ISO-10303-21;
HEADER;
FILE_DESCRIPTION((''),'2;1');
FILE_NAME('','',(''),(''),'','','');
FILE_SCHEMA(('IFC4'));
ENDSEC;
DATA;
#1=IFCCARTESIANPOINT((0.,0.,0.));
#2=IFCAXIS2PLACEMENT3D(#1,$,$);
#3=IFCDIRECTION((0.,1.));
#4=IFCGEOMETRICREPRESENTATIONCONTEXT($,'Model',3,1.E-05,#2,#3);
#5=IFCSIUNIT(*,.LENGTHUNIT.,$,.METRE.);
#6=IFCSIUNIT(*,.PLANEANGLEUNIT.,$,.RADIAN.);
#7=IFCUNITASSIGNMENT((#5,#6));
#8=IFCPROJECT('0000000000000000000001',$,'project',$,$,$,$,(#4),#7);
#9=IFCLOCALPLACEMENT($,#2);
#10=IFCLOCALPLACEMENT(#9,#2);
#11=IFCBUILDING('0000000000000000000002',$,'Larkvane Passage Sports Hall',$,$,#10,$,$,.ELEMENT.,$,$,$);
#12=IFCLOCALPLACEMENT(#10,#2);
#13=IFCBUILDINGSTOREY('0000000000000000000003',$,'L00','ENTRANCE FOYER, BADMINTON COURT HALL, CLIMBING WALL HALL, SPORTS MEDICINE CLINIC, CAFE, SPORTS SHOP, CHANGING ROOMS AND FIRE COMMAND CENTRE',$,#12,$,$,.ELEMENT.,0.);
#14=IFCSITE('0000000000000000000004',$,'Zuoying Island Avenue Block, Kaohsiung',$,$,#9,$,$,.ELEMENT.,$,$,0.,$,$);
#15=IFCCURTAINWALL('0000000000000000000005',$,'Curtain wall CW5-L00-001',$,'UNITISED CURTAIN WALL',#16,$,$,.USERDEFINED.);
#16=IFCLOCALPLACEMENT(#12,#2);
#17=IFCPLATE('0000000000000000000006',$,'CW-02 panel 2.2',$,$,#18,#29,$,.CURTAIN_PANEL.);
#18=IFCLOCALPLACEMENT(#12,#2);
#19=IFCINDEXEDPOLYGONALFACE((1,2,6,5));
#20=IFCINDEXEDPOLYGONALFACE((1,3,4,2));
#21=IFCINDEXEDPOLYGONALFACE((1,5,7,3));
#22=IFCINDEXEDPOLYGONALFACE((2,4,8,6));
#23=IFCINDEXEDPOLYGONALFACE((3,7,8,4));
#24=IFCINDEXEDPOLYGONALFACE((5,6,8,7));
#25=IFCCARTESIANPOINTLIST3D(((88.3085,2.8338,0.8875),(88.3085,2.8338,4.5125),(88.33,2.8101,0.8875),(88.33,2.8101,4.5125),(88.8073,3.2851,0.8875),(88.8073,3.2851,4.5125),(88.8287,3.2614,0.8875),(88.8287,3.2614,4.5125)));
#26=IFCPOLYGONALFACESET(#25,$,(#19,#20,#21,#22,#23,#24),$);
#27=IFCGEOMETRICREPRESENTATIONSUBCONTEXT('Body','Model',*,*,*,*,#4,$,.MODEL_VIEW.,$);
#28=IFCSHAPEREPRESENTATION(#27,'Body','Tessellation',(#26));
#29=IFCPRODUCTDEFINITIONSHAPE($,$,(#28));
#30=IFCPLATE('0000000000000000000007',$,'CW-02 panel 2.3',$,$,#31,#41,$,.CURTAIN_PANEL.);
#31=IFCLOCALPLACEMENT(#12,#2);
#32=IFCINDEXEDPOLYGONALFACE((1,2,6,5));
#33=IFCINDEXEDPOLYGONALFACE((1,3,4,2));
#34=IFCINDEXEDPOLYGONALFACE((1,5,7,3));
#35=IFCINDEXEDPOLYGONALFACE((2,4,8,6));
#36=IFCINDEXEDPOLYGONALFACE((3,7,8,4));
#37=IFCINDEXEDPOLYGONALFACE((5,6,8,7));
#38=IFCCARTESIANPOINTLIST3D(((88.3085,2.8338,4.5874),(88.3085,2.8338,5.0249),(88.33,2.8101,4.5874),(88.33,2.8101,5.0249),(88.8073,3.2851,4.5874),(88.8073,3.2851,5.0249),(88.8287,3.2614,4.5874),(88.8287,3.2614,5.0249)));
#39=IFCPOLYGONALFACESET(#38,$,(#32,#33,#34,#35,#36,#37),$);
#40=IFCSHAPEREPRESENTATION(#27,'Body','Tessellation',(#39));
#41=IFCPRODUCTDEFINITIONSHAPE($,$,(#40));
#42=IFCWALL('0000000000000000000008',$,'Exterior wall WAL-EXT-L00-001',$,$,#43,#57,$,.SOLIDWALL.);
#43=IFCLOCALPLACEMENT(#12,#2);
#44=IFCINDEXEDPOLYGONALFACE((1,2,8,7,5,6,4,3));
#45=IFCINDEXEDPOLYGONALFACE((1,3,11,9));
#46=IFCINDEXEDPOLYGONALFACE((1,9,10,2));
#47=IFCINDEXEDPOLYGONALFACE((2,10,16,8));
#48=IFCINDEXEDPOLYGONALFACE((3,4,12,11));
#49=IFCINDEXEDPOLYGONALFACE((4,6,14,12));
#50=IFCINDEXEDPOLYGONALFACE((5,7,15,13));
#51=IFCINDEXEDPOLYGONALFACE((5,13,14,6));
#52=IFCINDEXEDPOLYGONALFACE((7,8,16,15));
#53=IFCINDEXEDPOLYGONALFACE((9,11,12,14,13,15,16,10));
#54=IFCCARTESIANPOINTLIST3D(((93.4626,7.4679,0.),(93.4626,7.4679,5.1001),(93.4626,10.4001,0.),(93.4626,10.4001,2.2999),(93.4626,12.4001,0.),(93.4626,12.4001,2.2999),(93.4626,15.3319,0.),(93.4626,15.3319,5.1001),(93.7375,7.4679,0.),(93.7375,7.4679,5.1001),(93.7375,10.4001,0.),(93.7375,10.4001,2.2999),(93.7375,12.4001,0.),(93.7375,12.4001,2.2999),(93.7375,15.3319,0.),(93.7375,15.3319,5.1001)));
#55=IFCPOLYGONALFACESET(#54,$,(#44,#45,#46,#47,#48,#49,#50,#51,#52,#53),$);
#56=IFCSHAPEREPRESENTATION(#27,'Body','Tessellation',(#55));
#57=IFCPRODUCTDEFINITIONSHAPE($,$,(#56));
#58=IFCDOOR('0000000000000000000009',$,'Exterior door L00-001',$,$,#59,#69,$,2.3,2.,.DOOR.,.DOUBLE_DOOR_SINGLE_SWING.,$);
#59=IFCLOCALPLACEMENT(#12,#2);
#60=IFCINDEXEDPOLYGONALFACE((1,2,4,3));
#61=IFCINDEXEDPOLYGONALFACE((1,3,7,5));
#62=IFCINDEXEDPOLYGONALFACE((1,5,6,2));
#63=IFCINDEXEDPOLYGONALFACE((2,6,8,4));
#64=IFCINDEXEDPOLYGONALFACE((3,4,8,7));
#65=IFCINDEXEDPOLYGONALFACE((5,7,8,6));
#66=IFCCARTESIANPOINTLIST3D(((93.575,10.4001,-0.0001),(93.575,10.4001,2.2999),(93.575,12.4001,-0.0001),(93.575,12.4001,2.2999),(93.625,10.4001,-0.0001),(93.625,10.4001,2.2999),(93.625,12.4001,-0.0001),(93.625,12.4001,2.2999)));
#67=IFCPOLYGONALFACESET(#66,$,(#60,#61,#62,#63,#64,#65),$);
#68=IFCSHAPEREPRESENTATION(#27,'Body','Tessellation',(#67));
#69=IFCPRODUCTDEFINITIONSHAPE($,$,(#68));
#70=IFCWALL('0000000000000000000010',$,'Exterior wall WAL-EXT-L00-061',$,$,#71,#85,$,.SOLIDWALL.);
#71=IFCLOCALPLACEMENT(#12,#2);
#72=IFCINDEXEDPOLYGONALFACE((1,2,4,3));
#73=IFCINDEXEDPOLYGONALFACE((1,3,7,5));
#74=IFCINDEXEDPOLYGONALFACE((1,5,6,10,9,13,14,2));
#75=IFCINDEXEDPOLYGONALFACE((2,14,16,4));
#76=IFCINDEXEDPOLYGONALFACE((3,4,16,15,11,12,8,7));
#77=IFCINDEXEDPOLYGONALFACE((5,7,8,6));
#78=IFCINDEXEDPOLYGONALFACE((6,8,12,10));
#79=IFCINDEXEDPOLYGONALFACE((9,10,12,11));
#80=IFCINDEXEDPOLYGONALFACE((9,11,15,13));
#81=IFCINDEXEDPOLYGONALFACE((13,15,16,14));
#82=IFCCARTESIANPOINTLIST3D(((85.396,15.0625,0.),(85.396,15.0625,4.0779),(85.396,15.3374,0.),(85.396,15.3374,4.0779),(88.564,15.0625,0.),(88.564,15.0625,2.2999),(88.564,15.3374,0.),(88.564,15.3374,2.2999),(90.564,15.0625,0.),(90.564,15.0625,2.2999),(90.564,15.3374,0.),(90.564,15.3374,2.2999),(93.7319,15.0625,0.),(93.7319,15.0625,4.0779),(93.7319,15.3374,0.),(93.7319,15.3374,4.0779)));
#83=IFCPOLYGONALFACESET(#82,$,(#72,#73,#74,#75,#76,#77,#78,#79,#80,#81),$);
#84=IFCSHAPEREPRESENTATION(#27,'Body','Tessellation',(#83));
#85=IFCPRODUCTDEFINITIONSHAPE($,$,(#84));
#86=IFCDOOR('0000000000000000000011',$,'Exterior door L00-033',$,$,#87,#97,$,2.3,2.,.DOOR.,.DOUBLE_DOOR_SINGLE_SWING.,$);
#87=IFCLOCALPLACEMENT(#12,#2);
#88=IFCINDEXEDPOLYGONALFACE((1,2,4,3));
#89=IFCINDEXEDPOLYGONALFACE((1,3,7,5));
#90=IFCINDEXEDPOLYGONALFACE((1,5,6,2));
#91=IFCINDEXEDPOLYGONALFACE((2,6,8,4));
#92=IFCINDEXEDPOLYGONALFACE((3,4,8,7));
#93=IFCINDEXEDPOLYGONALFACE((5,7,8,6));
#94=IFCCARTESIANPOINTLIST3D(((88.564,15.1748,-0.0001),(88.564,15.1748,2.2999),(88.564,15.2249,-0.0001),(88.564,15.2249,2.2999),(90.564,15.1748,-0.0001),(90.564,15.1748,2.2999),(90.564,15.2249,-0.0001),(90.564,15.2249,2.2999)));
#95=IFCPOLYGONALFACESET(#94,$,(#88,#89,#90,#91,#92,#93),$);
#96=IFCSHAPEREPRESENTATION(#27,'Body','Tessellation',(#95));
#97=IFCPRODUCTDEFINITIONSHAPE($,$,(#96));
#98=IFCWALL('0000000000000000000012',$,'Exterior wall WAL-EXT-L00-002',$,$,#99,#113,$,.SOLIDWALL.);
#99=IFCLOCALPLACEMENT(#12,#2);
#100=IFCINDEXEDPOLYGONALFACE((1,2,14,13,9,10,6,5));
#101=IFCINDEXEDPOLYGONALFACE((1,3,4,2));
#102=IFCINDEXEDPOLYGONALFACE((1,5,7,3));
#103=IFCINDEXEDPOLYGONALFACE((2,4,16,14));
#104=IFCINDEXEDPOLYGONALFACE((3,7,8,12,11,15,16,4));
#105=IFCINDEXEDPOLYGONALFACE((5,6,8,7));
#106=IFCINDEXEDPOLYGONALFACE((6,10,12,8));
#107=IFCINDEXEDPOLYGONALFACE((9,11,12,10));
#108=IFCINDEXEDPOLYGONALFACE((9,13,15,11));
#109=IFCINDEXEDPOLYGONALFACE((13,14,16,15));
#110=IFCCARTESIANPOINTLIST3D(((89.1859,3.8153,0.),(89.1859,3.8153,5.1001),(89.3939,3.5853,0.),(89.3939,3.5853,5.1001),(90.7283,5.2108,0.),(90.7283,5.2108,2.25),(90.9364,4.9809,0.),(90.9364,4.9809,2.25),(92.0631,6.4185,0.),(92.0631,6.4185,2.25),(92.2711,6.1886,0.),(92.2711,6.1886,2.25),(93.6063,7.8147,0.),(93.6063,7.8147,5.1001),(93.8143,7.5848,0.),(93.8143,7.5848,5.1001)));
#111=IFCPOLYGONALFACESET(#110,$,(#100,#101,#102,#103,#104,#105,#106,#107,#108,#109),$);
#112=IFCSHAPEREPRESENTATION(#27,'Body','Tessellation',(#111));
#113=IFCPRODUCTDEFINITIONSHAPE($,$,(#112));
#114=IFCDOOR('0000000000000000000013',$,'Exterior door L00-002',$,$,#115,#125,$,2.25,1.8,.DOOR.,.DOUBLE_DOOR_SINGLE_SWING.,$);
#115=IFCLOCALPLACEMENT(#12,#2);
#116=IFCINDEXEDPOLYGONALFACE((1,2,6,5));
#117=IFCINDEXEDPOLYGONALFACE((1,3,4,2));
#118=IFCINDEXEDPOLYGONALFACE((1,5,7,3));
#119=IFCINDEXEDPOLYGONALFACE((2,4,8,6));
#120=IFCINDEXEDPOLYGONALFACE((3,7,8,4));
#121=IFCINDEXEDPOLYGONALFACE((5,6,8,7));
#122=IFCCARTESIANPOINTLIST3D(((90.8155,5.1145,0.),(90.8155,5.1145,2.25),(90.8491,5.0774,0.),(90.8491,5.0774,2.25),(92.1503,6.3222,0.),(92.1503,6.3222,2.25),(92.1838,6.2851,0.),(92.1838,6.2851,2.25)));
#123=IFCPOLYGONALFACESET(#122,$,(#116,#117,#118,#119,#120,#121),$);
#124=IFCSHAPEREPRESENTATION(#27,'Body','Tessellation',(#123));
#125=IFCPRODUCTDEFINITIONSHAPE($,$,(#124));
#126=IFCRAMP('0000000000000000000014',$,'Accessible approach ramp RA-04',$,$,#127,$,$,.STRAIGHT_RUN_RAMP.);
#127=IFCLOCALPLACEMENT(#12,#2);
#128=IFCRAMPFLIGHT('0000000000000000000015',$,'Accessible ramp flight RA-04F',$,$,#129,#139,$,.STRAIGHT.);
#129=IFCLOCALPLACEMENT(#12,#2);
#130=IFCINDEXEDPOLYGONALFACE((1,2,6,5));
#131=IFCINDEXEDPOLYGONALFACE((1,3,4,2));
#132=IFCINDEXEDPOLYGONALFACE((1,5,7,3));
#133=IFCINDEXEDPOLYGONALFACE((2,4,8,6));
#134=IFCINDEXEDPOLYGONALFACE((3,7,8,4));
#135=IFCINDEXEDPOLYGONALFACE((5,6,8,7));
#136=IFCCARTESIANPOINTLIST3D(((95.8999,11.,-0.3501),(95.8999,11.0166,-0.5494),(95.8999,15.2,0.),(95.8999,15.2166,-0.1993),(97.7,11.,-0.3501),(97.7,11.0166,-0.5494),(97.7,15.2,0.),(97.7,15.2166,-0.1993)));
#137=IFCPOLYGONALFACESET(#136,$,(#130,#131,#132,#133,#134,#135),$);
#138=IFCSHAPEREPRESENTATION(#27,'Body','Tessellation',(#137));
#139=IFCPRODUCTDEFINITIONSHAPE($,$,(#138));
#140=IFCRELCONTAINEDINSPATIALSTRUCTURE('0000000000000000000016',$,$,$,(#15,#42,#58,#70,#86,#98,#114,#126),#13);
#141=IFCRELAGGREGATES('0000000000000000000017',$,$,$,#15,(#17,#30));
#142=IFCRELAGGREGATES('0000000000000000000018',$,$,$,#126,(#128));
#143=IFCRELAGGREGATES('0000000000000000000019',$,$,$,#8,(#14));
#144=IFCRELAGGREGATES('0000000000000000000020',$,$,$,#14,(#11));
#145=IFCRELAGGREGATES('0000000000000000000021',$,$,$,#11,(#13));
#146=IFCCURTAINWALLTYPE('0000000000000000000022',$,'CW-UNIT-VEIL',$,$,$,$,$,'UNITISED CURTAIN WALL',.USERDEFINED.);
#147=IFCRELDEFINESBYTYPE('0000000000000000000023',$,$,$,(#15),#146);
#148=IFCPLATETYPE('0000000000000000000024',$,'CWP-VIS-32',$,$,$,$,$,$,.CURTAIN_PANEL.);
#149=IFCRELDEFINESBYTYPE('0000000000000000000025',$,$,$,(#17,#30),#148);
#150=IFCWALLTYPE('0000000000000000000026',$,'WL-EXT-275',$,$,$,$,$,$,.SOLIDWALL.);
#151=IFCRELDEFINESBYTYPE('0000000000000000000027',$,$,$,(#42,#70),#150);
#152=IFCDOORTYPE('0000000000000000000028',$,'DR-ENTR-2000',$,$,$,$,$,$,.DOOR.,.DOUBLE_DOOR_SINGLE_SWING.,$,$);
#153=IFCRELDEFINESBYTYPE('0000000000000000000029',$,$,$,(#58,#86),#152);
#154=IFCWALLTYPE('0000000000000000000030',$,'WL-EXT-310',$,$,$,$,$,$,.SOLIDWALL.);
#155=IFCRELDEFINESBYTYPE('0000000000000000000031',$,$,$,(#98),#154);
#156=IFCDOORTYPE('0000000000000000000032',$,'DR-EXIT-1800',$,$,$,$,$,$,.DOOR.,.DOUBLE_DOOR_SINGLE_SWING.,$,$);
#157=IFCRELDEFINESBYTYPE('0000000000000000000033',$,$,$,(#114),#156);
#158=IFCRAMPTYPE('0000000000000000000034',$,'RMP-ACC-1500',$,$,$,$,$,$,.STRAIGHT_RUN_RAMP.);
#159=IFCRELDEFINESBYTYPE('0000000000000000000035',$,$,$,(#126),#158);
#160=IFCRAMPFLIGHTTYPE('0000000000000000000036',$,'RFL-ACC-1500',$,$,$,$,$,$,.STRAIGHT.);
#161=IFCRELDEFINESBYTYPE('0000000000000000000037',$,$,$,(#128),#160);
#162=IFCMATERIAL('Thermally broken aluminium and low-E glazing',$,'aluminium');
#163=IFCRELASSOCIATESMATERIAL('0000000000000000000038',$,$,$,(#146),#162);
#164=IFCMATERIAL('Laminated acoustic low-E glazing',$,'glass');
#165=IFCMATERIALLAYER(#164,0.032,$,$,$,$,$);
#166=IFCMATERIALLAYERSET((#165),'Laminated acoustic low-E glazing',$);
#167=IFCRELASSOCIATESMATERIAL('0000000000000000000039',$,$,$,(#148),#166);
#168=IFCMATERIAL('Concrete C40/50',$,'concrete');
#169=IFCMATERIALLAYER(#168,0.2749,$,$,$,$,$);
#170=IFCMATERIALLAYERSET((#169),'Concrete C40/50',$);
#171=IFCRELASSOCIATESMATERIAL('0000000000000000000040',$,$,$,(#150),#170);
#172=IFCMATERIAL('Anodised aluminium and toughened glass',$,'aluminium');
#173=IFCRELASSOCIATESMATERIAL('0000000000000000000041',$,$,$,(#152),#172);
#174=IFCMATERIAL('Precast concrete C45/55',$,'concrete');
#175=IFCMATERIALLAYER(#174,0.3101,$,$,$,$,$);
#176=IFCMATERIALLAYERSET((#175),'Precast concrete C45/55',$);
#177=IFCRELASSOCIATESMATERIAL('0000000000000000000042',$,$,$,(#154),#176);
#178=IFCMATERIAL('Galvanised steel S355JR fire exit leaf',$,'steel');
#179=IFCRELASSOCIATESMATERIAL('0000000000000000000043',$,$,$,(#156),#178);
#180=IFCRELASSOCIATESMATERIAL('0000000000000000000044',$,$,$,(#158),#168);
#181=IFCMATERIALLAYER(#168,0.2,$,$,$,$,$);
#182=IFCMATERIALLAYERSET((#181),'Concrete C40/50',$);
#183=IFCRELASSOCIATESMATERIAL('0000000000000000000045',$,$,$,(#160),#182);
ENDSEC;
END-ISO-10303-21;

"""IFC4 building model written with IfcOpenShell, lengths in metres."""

from ifc_helpers import new_model, si_unit, direction, frame, frame_2d, origin, origin_2d, place, context, subcontext, project, spatial, polyline, rectangle, outline, extrude, material, layer, layer_set, type_object, element, fill, aggregate, save


model = new_model("IFC4")

# Units and contexts
model_context = context("Model", 3, precision=1e-05, world=origin(), true_north=direction((0.0, 1.0)))
body_context = subcontext(model_context, "Body", "Model", "MODEL_VIEW")
ifc_project = project(units=[si_unit("LENGTHUNIT", "METRE"), si_unit("PLANEANGLEUNIT", "RADIAN")], contexts=[model_context])

# Site, building, storey
site_placement = place(None, origin())
site = spatial("IfcSite", under=ifc_project, at=site_placement, Name="Zuoying Island Avenue Block, Kaohsiung", CompositionType="ELEMENT", RefElevation=0.0)
building_placement = place(site_placement, origin())
building = spatial("IfcBuilding", under=site, at=building_placement, Name="Larkvane Passage Sports Hall", CompositionType="ELEMENT")
storey_placement = place(building_placement, origin())
storey = spatial("IfcBuildingStorey", under=building, at=storey_placement, Name="L00", Description="ENTRANCE FOYER, BADMINTON COURT HALL, CLIMBING WALL HALL, SPORTS MEDICINE CLINIC, CAFE, SPORTS SHOP, CHANGING ROOMS AND FIRE COMMAND CENTRE", CompositionType="ELEMENT", Elevation=0.0)

# Curtain wall, plates
ifc_material_1 = material(Name="Thermally broken aluminium and low-E glazing", Category="aluminium")
curtain_wall_type = type_object("IfcCurtainWallType", Name="CW-UNIT-VEIL", ElementType="UNITISED CURTAIN WALL", PredefinedType="USERDEFINED", material=ifc_material_1)
curtain_wall_placement = place(storey_placement, origin())
curtain_wall = element("IfcCurtainWall", 1, at=curtain_wall_placement, inside=storey, type_object=curtain_wall_type, Name="Curtain wall CW5-L00-001", ObjectType="UNITISED CURTAIN WALL", PredefinedType="USERDEFINED")
ifc_material_2 = material(Name="Laminated acoustic low-E glazing", Category="glass")
ifc_layer_1 = layer(ifc_material_2, 0.032)
ifc_layer_set_1 = layer_set([ifc_layer_1], Name="Laminated acoustic low-E glazing")
plate_type_1 = type_object("IfcPlateType", Name="CWP-VIS-32", PredefinedType="CURTAIN_PANEL", material=ifc_layer_set_1)
plate_1_placement = place(storey_placement, frame((88.5686, 3.0476, 0.8875), z_axis=(0.0, 0.0, 1.0), x_axis=(-0.741532, -0.670918, 0.0)))
plate_1 = element("IfcPlate", 2, at=plate_1_placement, type_object=plate_type_1, Name="CW-02 panel 2.2", PredefinedType="CURTAIN_PANEL", context=body_context, shape_type="SweptSolid", body=[
    extrude(rectangle(XDim=0.6726, YDim=0.032, at=origin_2d()), origin(), (0.0, 0.0, 1.0), 3.625),
])
plate_2_placement = place(storey_placement, frame((88.5686, 3.0476, 4.5874), z_axis=(0.0, 0.0, 1.0), x_axis=(-0.741532, -0.670918, 0.0)))
plate_2 = element("IfcPlate", 3, at=plate_2_placement, type_object=plate_type_1, Name="CW-02 panel 2.3", PredefinedType="CURTAIN_PANEL", context=body_context, shape_type="SweptSolid", body=[
    extrude(rectangle(XDim=0.6726, YDim=0.032, at=origin_2d()), origin(), (0.0, 0.0, 1.0), 0.4375),
])
aggregate(curtain_wall, [plate_1, plate_2])

# Walls, openings, doors
ifc_material_3 = material(Name="Concrete C40/50", Category="concrete")
ifc_layer_2 = layer(ifc_material_3, 0.2749)
ifc_layer_set_2 = layer_set([ifc_layer_2], Name="Concrete C40/50")
wall_type_1 = type_object("IfcWallType", Name="WL-EXT-275", PredefinedType="SOLIDWALL", material=ifc_layer_set_2)
wall_1_placement = place(storey_placement, frame((93.6001, 15.332, 0.0), z_axis=(0.0, 0.0, 1.0), x_axis=(0.0, -1.0, 0.0)))
wall_1 = element("IfcWall", 4, at=wall_1_placement, inside=storey, type_object=wall_type_1, Name="Exterior wall WAL-EXT-L00-001", PredefinedType="SOLIDWALL", context=body_context, shape_type="SweptSolid", body=[
    extrude(rectangle(XDim=7.864, YDim=0.2749, at=frame_2d((3.9321, 0.0))), origin(), (0.0, 0.0, 1.0), 5.1001),
])
opening_1_placement = place(wall_1_placement, frame((2.9319, 0.0, 0.0)))
opening_1 = element("IfcOpeningElement", 5, at=opening_1_placement, cuts=wall_1, PredefinedType="OPENING", context=body_context, shape_type="SweptSolid", body=[
    extrude(rectangle(XDim=2.0, YDim=2.3, at=frame_2d((1.0, 1.1499))), frame((0.0, 0.1475, 0.0), z_axis=(0.0, -1.0, 0.0), x_axis=(1.0, 0.0, 0.0)), (0.0, 0.0, 1.0), 0.2949),
])
ifc_material_4 = material(Name="Anodised aluminium and toughened glass", Category="aluminium")
door_type_1 = type_object("IfcDoorType", Name="DR-ENTR-2000", OperationType="DOUBLE_DOOR_SINGLE_SWING", PredefinedType="DOOR", material=ifc_material_4)
door_1_placement = place(opening_1_placement, origin())
door_1 = element("IfcDoor", 6, at=door_1_placement, inside=storey, type_object=door_type_1, Name="Exterior door L00-001", OperationType="DOUBLE_DOOR_SINGLE_SWING", OverallHeight=2.3, OverallWidth=2.0, PredefinedType="DOOR", context=body_context, shape_type="SweptSolid", body=[
    extrude(rectangle(XDim=2.0, YDim=2.3, at=frame_2d((1.0, 1.1499))), frame((0.0, 0.0249, 0.0), z_axis=(0.0, -1.0, 0.0), x_axis=(1.0, 0.0, 0.0)), (0.0, 0.0, 1.0), 0.05),
])
fill(opening_1, door_1)
wall_2_placement = place(storey_placement, frame((85.396, 15.2, 0.0), z_axis=(0.0, 0.0, 1.0), x_axis=(1.0, 0.0, 0.0)))
wall_2 = element("IfcWall", 7, at=wall_2_placement, inside=storey, type_object=wall_type_1, Name="Exterior wall WAL-EXT-L00-061", PredefinedType="SOLIDWALL", context=body_context, shape_type="SweptSolid", body=[
    extrude(rectangle(XDim=8.3359, YDim=0.2749, at=frame_2d((4.168, 0.0))), origin(), (0.0, 0.0, 1.0), 4.0779),
])
opening_2_placement = place(wall_2_placement, frame((3.168, 0.0, 0.0)))
opening_2 = element("IfcOpeningElement", 8, at=opening_2_placement, cuts=wall_2, PredefinedType="OPENING", context=body_context, shape_type="SweptSolid", body=[
    extrude(rectangle(XDim=2.0, YDim=2.3, at=frame_2d((1.0, 1.1499))), frame((0.0, 0.1475, 0.0), z_axis=(0.0, -1.0, 0.0), x_axis=(1.0, 0.0, 0.0)), (0.0, 0.0, 1.0), 0.2949),
])
door_2_placement = place(opening_2_placement, origin())
door_2 = element("IfcDoor", 9, at=door_2_placement, inside=storey, type_object=door_type_1, Name="Exterior door L00-033", OperationType="DOUBLE_DOOR_SINGLE_SWING", OverallHeight=2.3, OverallWidth=2.0, PredefinedType="DOOR", context=body_context, shape_type="SweptSolid", body=[
    extrude(rectangle(XDim=2.0, YDim=2.3, at=frame_2d((1.0, 1.1499))), frame((0.0, 0.0249, 0.0), z_axis=(0.0, -1.0, 0.0), x_axis=(1.0, 0.0, 0.0)), (0.0, 0.0, 1.0), 0.05),
])
fill(opening_2, door_2)
ifc_material_5 = material(Name="Precast concrete C45/55", Category="concrete")
ifc_layer_3 = layer(ifc_material_5, 0.3101)
ifc_layer_set_3 = layer_set([ifc_layer_3], Name="Precast concrete C45/55")
wall_type_2 = type_object("IfcWallType", Name="WL-EXT-310", PredefinedType="SOLIDWALL", material=ifc_layer_set_3)
wall_3_placement = place(storey_placement, frame((93.7102, 7.6997, 0.0), z_axis=(0.0, 0.0, 1.0), x_axis=(-0.741528, -0.670922, 0.0)))
wall_3 = element("IfcWall", 10, at=wall_3_placement, inside=storey, type_object=wall_type_2, Name="Exterior wall WAL-EXT-L00-002", PredefinedType="SOLIDWALL", context=body_context, shape_type="SweptSolid", body=[
    extrude(rectangle(XDim=5.9612, YDim=0.3101, at=frame_2d((2.9805, 0.0))), origin(), (0.0, 0.0, 1.0), 5.1001),
])
opening_3_placement = place(wall_3_placement, frame((2.0811, 0.0, 0.0)))
opening_3 = element("IfcOpeningElement", 11, at=opening_3_placement, cuts=wall_3, PredefinedType="OPENING", context=body_context, shape_type="SweptSolid", body=[
    extrude(rectangle(XDim=1.8, YDim=2.25, at=frame_2d((0.8999, 1.125))), frame((0.0, 0.165, 0.0), z_axis=(0.0, -1.0, 0.0), x_axis=(1.0, 0.0, 0.0)), (0.0, 0.0, 1.0), 0.3301),
])
ifc_material_6 = material(Name="Galvanised steel S355JR fire exit leaf", Category="steel")
door_type_2 = type_object("IfcDoorType", Name="DR-EXIT-1800", OperationType="DOUBLE_DOOR_SINGLE_SWING", PredefinedType="DOOR", material=ifc_material_6)
door_3_placement = place(opening_3_placement, origin())
door_3 = element("IfcDoor", 12, at=door_3_placement, inside=storey, type_object=door_type_2, Name="Exterior door L00-002", OperationType="DOUBLE_DOOR_SINGLE_SWING", OverallHeight=2.25, OverallWidth=1.8, PredefinedType="DOOR", context=body_context, shape_type="SweptSolid", body=[
    extrude(rectangle(XDim=1.8, YDim=2.25, at=frame_2d((0.8999, 1.125))), frame((0.0, 0.0249, 0.0), z_axis=(0.0, -1.0, 0.0), x_axis=(1.0, 0.0, 0.0)), (0.0, 0.0, 1.0), 0.05),
])
fill(opening_3, door_3)

# Ramp, ramp flight
ramp_type = type_object("IfcRampType", Name="RMP-ACC-1500", PredefinedType="STRAIGHT_RUN_RAMP", material=ifc_material_3)
ramp_placement = place(storey_placement, origin())
ramp = element("IfcRamp", 13, at=ramp_placement, inside=storey, type_object=ramp_type, Name="Accessible approach ramp RA-04", PredefinedType="STRAIGHT_RUN_RAMP")
ifc_layer_4 = layer(ifc_material_3, 0.2)
ifc_layer_set_4 = layer_set([ifc_layer_4], Name="Concrete C40/50")
ramp_flight_type = type_object("IfcRampFlightType", Name="RFL-ACC-1500", PredefinedType="STRAIGHT", material=ifc_layer_set_4)
ramp_flight_placement = place(storey_placement, frame((95.8999, 11.0, -0.3501), z_axis=(0.0, -0.083069, 0.996544), x_axis=(0.0, 0.996544, 0.083069)))
ramp_flight = element("IfcRampFlight", 14, at=ramp_flight_placement, type_object=ramp_flight_type, Name="Accessible ramp flight RA-04F", PredefinedType="STRAIGHT", context=body_context, shape_type="SweptSolid", body=[
    extrude(outline(polyline([(0.0, 0.0), (4.2145, 0.0), (4.2145, -1.8), (0.0, -1.8), (0.0, 0.0)])), origin(), (0.0, 0.0, -1.0), 0.2),
])
aggregate(ramp, [ramp_flight])

save(model, "model.ifc")
